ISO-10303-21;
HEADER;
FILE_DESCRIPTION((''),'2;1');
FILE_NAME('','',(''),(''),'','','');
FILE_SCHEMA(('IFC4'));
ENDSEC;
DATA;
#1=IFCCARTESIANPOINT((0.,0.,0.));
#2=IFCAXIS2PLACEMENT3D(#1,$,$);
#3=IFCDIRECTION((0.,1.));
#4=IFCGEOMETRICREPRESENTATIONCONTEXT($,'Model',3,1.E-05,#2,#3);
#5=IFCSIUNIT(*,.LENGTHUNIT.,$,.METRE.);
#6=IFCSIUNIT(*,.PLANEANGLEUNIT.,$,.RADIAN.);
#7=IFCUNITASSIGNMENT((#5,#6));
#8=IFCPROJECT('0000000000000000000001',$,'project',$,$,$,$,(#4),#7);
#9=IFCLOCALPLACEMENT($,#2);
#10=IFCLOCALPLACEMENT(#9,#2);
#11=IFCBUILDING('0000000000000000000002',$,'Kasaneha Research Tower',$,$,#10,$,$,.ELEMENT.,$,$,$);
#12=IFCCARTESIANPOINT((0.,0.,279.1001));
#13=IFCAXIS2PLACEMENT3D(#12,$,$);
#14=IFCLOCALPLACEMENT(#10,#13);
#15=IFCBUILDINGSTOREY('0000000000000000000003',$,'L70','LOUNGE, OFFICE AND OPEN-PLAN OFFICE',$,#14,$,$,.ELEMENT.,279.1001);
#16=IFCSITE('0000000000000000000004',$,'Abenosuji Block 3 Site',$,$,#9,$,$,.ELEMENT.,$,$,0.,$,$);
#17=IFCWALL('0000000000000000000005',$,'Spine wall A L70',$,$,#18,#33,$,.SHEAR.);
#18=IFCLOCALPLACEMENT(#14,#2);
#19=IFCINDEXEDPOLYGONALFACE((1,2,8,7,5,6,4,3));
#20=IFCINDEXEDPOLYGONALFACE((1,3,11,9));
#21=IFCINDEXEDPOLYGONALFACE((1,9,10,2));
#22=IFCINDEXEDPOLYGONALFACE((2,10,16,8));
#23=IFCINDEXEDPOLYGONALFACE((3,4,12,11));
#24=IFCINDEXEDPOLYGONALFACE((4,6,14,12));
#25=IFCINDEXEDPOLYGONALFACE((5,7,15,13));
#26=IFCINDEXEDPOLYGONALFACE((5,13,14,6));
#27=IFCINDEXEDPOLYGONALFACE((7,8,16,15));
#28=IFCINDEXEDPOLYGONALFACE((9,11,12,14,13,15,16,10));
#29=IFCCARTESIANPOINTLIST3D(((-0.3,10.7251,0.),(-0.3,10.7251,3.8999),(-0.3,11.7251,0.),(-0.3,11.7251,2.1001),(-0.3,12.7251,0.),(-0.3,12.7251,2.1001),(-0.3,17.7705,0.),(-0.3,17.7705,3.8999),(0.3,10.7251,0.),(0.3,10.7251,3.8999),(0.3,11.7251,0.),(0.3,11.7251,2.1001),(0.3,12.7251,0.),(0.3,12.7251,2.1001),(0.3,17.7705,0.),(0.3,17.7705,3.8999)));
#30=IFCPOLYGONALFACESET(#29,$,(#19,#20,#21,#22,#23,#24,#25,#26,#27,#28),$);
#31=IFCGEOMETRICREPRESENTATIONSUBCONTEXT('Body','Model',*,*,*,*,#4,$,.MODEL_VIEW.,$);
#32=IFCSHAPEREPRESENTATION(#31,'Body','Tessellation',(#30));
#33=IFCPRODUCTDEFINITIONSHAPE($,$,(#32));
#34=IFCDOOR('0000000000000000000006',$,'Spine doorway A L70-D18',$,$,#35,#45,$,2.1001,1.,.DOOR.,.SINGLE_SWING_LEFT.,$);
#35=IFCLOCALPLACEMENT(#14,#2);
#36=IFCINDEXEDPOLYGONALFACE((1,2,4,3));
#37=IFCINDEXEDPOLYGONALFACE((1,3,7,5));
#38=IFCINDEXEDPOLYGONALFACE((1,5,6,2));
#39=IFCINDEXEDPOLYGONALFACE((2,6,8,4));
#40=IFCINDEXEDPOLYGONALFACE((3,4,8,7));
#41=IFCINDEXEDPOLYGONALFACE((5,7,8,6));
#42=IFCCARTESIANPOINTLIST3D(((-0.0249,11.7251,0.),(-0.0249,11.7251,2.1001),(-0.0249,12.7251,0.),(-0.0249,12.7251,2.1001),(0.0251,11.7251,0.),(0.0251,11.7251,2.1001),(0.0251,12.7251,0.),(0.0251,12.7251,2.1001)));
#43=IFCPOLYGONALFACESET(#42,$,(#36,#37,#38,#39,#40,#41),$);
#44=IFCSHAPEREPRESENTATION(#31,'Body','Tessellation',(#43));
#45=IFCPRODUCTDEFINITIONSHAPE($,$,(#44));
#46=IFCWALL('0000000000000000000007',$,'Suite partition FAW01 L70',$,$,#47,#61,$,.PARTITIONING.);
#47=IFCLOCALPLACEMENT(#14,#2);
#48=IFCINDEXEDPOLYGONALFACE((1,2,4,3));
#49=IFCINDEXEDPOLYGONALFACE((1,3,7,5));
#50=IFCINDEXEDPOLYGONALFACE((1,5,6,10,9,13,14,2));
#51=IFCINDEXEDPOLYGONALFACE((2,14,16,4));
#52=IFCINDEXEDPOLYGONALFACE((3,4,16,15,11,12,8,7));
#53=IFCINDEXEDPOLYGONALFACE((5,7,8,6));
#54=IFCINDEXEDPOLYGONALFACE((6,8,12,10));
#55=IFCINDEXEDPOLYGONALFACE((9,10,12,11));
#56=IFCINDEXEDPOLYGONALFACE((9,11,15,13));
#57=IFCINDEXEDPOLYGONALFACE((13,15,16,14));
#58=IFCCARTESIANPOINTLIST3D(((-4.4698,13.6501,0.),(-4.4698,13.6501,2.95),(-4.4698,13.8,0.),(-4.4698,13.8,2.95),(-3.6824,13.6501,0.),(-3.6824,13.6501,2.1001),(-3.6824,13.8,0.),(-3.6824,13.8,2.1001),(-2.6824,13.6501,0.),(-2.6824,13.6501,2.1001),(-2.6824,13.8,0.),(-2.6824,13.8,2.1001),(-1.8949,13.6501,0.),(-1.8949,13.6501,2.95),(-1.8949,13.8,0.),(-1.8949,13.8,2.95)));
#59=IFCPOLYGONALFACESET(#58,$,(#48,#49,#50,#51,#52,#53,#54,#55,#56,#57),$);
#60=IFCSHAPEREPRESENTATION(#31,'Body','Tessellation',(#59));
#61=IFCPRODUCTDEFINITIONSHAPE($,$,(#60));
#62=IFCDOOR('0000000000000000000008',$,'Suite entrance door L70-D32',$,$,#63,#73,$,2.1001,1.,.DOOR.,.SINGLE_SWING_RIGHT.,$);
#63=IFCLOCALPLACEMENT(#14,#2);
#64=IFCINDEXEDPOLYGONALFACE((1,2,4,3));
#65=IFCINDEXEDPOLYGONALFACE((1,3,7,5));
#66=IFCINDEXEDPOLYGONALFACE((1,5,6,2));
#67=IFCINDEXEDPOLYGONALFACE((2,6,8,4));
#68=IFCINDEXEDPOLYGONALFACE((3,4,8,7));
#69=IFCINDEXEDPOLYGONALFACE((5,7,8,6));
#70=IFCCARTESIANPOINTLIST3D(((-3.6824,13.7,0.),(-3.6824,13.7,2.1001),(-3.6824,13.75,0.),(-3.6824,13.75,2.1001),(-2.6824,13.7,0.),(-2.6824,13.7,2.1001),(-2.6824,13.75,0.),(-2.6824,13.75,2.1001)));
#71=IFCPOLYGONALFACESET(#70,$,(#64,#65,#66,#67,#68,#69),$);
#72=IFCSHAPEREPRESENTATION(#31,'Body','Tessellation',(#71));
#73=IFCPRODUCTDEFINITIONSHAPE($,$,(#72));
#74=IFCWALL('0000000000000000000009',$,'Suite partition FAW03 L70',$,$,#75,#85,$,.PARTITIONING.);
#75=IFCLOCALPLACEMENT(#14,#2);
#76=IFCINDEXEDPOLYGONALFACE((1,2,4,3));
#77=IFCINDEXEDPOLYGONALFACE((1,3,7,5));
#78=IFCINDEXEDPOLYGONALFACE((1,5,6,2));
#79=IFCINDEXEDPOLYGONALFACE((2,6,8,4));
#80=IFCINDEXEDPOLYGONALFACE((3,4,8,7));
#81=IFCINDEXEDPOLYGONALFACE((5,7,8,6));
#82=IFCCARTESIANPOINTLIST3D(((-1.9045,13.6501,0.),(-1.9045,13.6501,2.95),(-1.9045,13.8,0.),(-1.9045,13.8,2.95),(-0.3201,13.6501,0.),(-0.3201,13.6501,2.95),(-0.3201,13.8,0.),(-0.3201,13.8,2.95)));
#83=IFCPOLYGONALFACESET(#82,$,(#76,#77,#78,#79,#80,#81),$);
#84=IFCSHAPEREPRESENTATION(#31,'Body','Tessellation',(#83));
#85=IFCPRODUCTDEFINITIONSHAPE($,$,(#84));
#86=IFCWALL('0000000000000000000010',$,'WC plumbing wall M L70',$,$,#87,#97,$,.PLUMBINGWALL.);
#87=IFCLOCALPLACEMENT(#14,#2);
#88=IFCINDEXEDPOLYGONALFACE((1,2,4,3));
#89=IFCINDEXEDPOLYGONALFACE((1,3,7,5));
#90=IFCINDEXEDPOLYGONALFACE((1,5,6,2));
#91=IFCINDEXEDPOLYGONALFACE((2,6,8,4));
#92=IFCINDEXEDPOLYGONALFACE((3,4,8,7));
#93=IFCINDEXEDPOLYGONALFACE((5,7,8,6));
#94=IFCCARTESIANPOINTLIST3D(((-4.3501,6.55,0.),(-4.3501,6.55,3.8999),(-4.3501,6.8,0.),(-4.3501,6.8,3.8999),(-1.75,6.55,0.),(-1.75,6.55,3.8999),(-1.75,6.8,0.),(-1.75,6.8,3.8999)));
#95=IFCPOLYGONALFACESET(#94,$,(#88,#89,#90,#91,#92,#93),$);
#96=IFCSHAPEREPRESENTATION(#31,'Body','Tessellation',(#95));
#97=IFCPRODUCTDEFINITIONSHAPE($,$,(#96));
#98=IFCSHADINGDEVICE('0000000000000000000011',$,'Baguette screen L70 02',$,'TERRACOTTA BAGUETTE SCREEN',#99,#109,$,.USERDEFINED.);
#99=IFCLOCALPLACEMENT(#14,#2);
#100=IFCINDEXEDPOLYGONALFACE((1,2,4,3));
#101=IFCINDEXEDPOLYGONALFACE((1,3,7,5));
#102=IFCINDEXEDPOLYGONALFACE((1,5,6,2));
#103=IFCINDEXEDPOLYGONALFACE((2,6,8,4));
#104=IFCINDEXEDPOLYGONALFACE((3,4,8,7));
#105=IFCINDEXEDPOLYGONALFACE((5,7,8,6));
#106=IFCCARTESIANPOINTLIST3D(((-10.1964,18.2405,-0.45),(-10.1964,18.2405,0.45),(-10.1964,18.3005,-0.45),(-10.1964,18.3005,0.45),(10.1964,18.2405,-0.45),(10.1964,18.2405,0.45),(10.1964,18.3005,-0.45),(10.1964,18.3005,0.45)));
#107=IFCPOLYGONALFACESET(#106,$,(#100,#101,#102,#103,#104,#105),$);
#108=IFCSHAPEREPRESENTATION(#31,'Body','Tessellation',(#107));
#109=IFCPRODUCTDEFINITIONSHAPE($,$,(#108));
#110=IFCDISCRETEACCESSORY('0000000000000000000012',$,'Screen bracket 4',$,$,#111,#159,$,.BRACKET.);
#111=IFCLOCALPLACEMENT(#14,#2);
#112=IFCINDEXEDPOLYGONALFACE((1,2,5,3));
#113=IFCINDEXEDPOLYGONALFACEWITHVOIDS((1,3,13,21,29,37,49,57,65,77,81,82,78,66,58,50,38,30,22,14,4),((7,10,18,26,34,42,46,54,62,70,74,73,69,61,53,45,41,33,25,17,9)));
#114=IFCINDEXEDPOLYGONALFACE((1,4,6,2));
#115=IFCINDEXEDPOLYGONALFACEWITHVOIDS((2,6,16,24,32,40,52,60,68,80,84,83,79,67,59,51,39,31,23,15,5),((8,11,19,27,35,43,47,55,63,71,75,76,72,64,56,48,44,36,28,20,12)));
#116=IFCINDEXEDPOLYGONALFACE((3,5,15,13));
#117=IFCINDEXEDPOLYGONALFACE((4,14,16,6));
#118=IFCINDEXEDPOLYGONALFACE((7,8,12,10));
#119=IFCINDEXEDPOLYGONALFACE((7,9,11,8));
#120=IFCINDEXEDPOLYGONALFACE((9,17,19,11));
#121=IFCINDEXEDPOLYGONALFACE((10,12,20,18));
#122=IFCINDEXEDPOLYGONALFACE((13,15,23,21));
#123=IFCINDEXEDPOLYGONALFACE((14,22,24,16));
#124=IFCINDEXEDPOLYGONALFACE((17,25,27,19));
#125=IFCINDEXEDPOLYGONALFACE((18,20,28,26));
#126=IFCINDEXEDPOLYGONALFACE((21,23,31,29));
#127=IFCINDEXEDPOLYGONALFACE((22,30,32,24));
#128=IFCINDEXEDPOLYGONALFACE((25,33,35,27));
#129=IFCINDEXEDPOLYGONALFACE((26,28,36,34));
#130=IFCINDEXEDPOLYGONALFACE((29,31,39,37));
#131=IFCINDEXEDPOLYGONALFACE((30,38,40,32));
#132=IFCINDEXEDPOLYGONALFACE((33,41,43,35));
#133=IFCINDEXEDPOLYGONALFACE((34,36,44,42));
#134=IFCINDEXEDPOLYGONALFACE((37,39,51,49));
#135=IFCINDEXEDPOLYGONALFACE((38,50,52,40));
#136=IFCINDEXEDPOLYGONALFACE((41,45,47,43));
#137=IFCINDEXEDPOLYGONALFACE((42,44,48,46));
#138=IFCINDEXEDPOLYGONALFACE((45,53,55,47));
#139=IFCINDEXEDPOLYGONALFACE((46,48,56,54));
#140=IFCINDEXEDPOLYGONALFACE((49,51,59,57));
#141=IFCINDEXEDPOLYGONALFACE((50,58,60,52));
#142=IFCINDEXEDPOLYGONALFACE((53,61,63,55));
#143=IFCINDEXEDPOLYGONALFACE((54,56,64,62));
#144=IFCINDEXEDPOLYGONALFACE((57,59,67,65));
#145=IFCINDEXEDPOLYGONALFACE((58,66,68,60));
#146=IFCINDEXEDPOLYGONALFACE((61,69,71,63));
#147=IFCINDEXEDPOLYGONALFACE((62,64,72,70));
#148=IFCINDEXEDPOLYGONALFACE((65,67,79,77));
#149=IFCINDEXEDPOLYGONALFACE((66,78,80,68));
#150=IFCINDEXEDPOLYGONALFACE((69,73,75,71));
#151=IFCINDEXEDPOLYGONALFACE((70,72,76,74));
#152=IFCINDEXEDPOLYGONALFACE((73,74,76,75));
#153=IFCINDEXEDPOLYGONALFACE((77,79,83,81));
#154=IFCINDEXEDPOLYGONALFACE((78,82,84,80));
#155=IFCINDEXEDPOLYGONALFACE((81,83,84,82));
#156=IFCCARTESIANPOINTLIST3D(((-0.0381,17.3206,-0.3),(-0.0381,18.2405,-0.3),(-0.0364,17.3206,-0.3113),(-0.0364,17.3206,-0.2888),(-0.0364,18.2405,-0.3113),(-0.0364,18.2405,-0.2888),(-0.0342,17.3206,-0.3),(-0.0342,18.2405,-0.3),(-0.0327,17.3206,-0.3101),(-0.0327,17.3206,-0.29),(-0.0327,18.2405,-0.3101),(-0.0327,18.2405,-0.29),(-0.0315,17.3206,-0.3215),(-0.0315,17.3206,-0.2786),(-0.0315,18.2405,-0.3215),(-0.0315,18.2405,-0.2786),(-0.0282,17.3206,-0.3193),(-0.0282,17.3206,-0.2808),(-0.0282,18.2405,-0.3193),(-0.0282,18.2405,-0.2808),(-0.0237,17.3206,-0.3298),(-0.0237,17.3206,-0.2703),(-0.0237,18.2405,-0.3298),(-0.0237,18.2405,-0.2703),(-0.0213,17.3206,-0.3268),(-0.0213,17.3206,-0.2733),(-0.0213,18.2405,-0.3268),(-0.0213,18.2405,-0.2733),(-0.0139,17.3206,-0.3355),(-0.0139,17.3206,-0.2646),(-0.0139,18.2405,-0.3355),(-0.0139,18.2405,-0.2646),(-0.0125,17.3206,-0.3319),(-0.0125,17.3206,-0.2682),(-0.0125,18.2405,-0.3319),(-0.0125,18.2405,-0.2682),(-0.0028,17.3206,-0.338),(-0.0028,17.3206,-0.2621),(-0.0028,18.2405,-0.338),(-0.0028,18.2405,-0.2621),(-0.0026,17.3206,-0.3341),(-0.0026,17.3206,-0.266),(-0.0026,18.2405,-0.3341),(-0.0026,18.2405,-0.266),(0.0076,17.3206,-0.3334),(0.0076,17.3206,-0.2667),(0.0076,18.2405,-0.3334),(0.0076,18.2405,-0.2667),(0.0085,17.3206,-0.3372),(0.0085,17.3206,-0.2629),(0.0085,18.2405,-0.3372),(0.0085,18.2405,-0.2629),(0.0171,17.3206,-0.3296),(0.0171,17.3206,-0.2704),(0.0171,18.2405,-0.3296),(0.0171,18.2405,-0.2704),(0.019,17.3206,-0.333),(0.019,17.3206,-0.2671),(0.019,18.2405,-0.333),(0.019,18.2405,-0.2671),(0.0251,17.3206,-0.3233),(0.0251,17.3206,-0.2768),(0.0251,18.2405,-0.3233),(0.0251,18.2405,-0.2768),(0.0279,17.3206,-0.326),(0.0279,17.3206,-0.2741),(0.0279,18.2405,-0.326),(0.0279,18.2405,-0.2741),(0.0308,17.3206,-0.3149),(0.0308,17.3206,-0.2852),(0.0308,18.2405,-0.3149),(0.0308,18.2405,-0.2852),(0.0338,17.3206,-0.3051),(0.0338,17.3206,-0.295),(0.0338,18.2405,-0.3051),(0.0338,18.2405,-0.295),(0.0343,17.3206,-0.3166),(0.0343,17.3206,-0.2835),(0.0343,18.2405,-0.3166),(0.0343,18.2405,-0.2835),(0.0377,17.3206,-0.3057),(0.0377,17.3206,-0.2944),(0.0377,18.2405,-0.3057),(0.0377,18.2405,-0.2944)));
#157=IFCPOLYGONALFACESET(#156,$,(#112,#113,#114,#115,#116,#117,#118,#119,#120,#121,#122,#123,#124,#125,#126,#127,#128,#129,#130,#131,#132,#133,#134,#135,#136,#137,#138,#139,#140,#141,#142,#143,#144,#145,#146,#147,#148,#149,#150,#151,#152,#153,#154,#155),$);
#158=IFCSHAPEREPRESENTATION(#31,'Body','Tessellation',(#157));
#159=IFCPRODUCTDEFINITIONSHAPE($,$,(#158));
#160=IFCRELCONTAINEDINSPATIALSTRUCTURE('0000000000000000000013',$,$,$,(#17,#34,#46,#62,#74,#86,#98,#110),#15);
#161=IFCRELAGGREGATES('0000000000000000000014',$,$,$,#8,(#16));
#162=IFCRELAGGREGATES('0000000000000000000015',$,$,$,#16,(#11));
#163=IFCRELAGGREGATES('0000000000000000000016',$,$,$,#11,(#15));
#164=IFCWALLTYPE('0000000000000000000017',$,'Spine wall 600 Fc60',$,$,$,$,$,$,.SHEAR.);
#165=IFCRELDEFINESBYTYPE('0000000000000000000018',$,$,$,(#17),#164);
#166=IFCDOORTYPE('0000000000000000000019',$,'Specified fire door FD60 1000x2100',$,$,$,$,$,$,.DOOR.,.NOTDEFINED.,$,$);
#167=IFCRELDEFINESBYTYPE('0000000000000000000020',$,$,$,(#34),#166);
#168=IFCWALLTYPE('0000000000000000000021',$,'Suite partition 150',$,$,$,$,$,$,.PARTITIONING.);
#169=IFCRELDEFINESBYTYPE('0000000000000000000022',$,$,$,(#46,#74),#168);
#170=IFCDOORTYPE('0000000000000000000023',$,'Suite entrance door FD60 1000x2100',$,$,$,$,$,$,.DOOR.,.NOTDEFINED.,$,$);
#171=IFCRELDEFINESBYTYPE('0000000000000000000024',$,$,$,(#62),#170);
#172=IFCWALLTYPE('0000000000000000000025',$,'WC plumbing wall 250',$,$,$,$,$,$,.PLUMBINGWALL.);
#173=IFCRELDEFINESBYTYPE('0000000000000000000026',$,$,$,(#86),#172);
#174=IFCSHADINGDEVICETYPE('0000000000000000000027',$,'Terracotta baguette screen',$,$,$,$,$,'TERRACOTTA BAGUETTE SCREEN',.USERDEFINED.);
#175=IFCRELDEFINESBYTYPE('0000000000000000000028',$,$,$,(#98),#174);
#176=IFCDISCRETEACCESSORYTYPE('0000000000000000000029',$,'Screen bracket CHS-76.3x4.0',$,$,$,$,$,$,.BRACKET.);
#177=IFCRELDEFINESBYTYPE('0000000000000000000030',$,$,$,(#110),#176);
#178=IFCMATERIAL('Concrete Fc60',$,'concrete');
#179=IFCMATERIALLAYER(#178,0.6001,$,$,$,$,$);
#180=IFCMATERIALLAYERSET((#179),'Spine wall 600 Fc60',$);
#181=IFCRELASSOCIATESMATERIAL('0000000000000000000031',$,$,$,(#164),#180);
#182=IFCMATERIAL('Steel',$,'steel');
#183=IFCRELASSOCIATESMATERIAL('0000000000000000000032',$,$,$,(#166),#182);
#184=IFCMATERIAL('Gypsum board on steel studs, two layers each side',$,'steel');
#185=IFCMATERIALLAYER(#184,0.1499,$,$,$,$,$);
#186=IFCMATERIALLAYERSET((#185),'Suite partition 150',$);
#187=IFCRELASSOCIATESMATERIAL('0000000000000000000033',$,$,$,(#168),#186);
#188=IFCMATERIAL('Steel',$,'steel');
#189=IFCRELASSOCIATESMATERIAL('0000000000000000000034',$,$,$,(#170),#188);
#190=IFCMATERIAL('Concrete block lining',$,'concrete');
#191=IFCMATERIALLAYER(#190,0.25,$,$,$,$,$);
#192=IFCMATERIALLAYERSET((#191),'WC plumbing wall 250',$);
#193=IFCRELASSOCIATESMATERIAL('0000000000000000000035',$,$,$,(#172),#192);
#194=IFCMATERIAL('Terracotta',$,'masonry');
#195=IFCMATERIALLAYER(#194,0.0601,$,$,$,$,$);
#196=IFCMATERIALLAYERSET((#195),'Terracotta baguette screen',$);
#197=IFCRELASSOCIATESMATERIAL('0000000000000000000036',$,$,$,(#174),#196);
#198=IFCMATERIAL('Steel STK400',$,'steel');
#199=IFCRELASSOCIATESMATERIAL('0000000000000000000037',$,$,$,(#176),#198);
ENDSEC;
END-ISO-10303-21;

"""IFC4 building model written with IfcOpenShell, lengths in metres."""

from ifc_helpers import new_model, si_unit, direction, frame, frame_2d, origin, origin_2d, place, context, subcontext, project, spatial, rectangle, hollow_circle, extrude, material, layer, layer_set, material_profile, profile_set, type_object, element, fill, save


model = new_model("IFC4")

# Units and contexts
model_context = context("Model", 3, precision=1e-05, world=origin(), true_north=direction((0.0, 1.0)))
body_context = subcontext(model_context, "Body", "Model", "MODEL_VIEW")
ifc_project = project(units=[si_unit("LENGTHUNIT", "METRE"), si_unit("PLANEANGLEUNIT", "RADIAN")], contexts=[model_context])

# Site, building, storey
site_placement = place(None, origin())
site = spatial("IfcSite", under=ifc_project, at=site_placement, Name="Abenosuji Block 3 Site", CompositionType="ELEMENT", RefElevation=0.0)
building_placement = place(site_placement, origin())
building = spatial("IfcBuilding", under=site, at=building_placement, Name="Kasaneha Research Tower", CompositionType="ELEMENT")
storey_placement = place(building_placement, frame((0.0, 0.0, 279.1001)))
storey = spatial("IfcBuildingStorey", under=building, at=storey_placement, Name="L70", Description="LOUNGE, OFFICE AND OPEN-PLAN OFFICE", CompositionType="ELEMENT", Elevation=279.1001)

# Walls, openings, doors
ifc_material_1 = material(Name="Concrete Fc60", Category="concrete")
ifc_layer_1 = layer(ifc_material_1, 0.6001)
ifc_layer_set_1 = layer_set([ifc_layer_1], Name="Spine wall 600 Fc60")
wall_type_1 = type_object("IfcWallType", Name="Spine wall 600 Fc60", PredefinedType="SHEAR", material=ifc_layer_set_1)
wall_1_placement = place(storey_placement, frame((0.0, 10.7251, 0.0), z_axis=(0.0, 0.0, 1.0), x_axis=(0.0, 1.0, 0.0)))
wall_1 = element("IfcWall", 1, at=wall_1_placement, inside=storey, type_object=wall_type_1, Name="Spine wall A L70", PredefinedType="SHEAR", context=body_context, shape_type="SweptSolid", body=[
    extrude(rectangle(XDim=7.0454, YDim=0.6001, at=frame_2d((3.5227, 0.0))), origin(), (0.0, 0.0, 1.0), 3.8999),
])
opening_1_placement = place(wall_1_placement, frame((1.0, 0.0, 0.0)))
opening_1 = element("IfcOpeningElement", 2, at=opening_1_placement, cuts=wall_1, PredefinedType="OPENING", context=body_context, shape_type="SweptSolid", body=[
    extrude(rectangle(XDim=1.0, YDim=2.1001, at=frame_2d((0.5, 1.05))), frame((0.0, 0.3101, 0.0), z_axis=(0.0, -1.0, 0.0), x_axis=(1.0, 0.0, 0.0)), (0.0, 0.0, 1.0), 0.6201),
])
ifc_material_2 = material(Name="Steel", Category="steel")
door_type_1 = type_object("IfcDoorType", Name="Specified fire door FD60 1000x2100", OperationType="NOTDEFINED", PredefinedType="DOOR", material=ifc_material_2)
door_1_placement = place(opening_1_placement, origin())
door_1 = element("IfcDoor", 3, at=door_1_placement, inside=storey, type_object=door_type_1, Name="Spine doorway A L70-D18", OperationType="SINGLE_SWING_LEFT", OverallHeight=2.1001, OverallWidth=1.0, PredefinedType="DOOR", context=body_context, shape_type="SweptSolid", body=[
    extrude(rectangle(XDim=1.0, YDim=2.1001, at=frame_2d((0.5, 1.05))), frame((0.0, 0.0249, 0.0), z_axis=(0.0, -1.0, 0.0), x_axis=(1.0, 0.0, 0.0)), (0.0, 0.0, 1.0), 0.05),
])
fill(opening_1, door_1)
ifc_material_3 = material(Name="Gypsum board on steel studs, two layers each side", Category="steel")
ifc_layer_2 = layer(ifc_material_3, 0.1499)
ifc_layer_set_2 = layer_set([ifc_layer_2], Name="Suite partition 150")
wall_type_2 = type_object("IfcWallType", Name="Suite partition 150", PredefinedType="PARTITIONING", material=ifc_layer_set_2)
wall_2_placement = place(storey_placement, frame((-4.47, 13.7251, 0.0), z_axis=(0.0, 0.0, 1.0), x_axis=(1.0, 0.0, 0.0)))
wall_2 = element("IfcWall", 4, at=wall_2_placement, inside=storey, type_object=wall_type_2, Name="Suite partition FAW01 L70", PredefinedType="PARTITIONING", context=body_context, shape_type="SweptSolid", body=[
    extrude(rectangle(XDim=2.575, YDim=0.1499, at=frame_2d((1.2876, 0.0))), origin(), (0.0, 0.0, 1.0), 2.95),
])
opening_2_placement = place(wall_2_placement, frame((0.7876, 0.0, 0.0)))
opening_2 = element("IfcOpeningElement", 5, at=opening_2_placement, cuts=wall_2, PredefinedType="OPENING", context=body_context, shape_type="SweptSolid", body=[
    extrude(rectangle(XDim=1.0, YDim=2.1001, at=frame_2d((0.5, 1.05))), frame((0.0, 0.085, 0.0), z_axis=(0.0, -1.0, 0.0), x_axis=(1.0, 0.0, 0.0)), (0.0, 0.0, 1.0), 0.1699),
])
ifc_material_4 = material(Name="Steel", Category="steel")
door_type_2 = type_object("IfcDoorType", Name="Suite entrance door FD60 1000x2100", OperationType="NOTDEFINED", PredefinedType="DOOR", material=ifc_material_4)
door_2_placement = place(opening_2_placement, origin())
door_2 = element("IfcDoor", 6, at=door_2_placement, inside=storey, type_object=door_type_2, Name="Suite entrance door L70-D32", OperationType="SINGLE_SWING_RIGHT", OverallHeight=2.1001, OverallWidth=1.0, PredefinedType="DOOR", context=body_context, shape_type="SweptSolid", body=[
    extrude(rectangle(XDim=1.0, YDim=2.1001, at=frame_2d((0.5, 1.05))), frame((0.0, 0.0249, 0.0), z_axis=(0.0, -1.0, 0.0), x_axis=(1.0, 0.0, 0.0)), (0.0, 0.0, 1.0), 0.05),
])
fill(opening_2, door_2)

# Walls
wall_3_placement = place(storey_placement, frame((-1.9045, 13.7251, 0.0), z_axis=(0.0, 0.0, 1.0), x_axis=(1.0, 0.0, 0.0)))
element("IfcWall", 7, at=wall_3_placement, inside=storey, type_object=wall_type_2, Name="Suite partition FAW03 L70", PredefinedType="PARTITIONING", context=body_context, shape_type="SweptSolid", body=[
    extrude(rectangle(XDim=1.5845, YDim=0.1499, at=frame_2d((0.7922, 0.0))), origin(), (0.0, 0.0, 1.0), 2.95),
])
ifc_material_5 = material(Name="Concrete block lining", Category="concrete")
ifc_layer_3 = layer(ifc_material_5, 0.25)
ifc_layer_set_3 = layer_set([ifc_layer_3], Name="WC plumbing wall 250")
wall_type_3 = type_object("IfcWallType", Name="WC plumbing wall 250", PredefinedType="PLUMBINGWALL", material=ifc_layer_set_3)
wall_4_placement = place(storey_placement, frame((-4.3501, 6.675, 0.0), z_axis=(0.0, 0.0, 1.0), x_axis=(1.0, 0.0, 0.0)))
element("IfcWall", 8, at=wall_4_placement, inside=storey, type_object=wall_type_3, Name="WC plumbing wall M L70", PredefinedType="PLUMBINGWALL", context=body_context, shape_type="SweptSolid", body=[
    extrude(rectangle(XDim=2.6001, YDim=0.25, at=frame_2d((1.3, 0.0))), origin(), (0.0, 0.0, 1.0), 3.8999),
])

# Shading device
ifc_material_6 = material(Name="Terracotta", Category="masonry")
ifc_layer_4 = layer(ifc_material_6, 0.0601)
ifc_layer_set_4 = layer_set([ifc_layer_4], Name="Terracotta baguette screen")
shading_device_type = type_object("IfcShadingDeviceType", Name="Terracotta baguette screen", ElementType="TERRACOTTA BAGUETTE SCREEN", PredefinedType="USERDEFINED", material=ifc_layer_set_4)
shading_device_placement = place(storey_placement, frame((0.0, 18.2705, -0.45), z_axis=(0.0, 0.0, 1.0), x_axis=(-1.0, 0.0, 0.0)))
element("IfcShadingDevice", 9, at=shading_device_placement, inside=storey, type_object=shading_device_type, Name="Baguette screen L70 02", ObjectType="TERRACOTTA BAGUETTE SCREEN", PredefinedType="USERDEFINED", context=body_context, shape_type="SweptSolid", body=[
    extrude(rectangle(XDim=20.3928, YDim=0.0601, at=origin_2d()), origin(), (0.0, 0.0, 1.0), 0.8999),
])

# Discrete accessory
ifc_material_7 = material(Name="Steel STK400", Category="steel")
ifc_material_profile_1 = material_profile(ifc_material_7, hollow_circle(Radius=0.0381, WallThickness=0.0039, at=origin_2d()), Name="CHS-76.3x4.0")
ifc_profile_set_1 = profile_set([ifc_material_profile_1], Name="Steel STK400")
discrete_accessory_type = type_object("IfcDiscreteAccessoryType", Name="Screen bracket CHS-76.3x4.0", PredefinedType="BRACKET", material=ifc_profile_set_1)
for number, where, z_axis, x_axis, name in (
    (10, (0.0, 17.3206, -0.3), (0.0, 1.0, 0.0), (-1.0, 0.0, 0.0), "Screen bracket 4"),
):
    element("IfcDiscreteAccessory", number, at=place(storey_placement, frame(where, z_axis=z_axis, x_axis=x_axis)), inside=storey, type_object=discrete_accessory_type, Name=name, PredefinedType="BRACKET", context=body_context, shape_type="SweptSolid", body=[
        extrude(hollow_circle(Radius=0.0381, WallThickness=0.0039, at=origin_2d()), origin(), (0.0, 0.0, 1.0), 0.9199),
    ])

save(model, "model.ifc")
